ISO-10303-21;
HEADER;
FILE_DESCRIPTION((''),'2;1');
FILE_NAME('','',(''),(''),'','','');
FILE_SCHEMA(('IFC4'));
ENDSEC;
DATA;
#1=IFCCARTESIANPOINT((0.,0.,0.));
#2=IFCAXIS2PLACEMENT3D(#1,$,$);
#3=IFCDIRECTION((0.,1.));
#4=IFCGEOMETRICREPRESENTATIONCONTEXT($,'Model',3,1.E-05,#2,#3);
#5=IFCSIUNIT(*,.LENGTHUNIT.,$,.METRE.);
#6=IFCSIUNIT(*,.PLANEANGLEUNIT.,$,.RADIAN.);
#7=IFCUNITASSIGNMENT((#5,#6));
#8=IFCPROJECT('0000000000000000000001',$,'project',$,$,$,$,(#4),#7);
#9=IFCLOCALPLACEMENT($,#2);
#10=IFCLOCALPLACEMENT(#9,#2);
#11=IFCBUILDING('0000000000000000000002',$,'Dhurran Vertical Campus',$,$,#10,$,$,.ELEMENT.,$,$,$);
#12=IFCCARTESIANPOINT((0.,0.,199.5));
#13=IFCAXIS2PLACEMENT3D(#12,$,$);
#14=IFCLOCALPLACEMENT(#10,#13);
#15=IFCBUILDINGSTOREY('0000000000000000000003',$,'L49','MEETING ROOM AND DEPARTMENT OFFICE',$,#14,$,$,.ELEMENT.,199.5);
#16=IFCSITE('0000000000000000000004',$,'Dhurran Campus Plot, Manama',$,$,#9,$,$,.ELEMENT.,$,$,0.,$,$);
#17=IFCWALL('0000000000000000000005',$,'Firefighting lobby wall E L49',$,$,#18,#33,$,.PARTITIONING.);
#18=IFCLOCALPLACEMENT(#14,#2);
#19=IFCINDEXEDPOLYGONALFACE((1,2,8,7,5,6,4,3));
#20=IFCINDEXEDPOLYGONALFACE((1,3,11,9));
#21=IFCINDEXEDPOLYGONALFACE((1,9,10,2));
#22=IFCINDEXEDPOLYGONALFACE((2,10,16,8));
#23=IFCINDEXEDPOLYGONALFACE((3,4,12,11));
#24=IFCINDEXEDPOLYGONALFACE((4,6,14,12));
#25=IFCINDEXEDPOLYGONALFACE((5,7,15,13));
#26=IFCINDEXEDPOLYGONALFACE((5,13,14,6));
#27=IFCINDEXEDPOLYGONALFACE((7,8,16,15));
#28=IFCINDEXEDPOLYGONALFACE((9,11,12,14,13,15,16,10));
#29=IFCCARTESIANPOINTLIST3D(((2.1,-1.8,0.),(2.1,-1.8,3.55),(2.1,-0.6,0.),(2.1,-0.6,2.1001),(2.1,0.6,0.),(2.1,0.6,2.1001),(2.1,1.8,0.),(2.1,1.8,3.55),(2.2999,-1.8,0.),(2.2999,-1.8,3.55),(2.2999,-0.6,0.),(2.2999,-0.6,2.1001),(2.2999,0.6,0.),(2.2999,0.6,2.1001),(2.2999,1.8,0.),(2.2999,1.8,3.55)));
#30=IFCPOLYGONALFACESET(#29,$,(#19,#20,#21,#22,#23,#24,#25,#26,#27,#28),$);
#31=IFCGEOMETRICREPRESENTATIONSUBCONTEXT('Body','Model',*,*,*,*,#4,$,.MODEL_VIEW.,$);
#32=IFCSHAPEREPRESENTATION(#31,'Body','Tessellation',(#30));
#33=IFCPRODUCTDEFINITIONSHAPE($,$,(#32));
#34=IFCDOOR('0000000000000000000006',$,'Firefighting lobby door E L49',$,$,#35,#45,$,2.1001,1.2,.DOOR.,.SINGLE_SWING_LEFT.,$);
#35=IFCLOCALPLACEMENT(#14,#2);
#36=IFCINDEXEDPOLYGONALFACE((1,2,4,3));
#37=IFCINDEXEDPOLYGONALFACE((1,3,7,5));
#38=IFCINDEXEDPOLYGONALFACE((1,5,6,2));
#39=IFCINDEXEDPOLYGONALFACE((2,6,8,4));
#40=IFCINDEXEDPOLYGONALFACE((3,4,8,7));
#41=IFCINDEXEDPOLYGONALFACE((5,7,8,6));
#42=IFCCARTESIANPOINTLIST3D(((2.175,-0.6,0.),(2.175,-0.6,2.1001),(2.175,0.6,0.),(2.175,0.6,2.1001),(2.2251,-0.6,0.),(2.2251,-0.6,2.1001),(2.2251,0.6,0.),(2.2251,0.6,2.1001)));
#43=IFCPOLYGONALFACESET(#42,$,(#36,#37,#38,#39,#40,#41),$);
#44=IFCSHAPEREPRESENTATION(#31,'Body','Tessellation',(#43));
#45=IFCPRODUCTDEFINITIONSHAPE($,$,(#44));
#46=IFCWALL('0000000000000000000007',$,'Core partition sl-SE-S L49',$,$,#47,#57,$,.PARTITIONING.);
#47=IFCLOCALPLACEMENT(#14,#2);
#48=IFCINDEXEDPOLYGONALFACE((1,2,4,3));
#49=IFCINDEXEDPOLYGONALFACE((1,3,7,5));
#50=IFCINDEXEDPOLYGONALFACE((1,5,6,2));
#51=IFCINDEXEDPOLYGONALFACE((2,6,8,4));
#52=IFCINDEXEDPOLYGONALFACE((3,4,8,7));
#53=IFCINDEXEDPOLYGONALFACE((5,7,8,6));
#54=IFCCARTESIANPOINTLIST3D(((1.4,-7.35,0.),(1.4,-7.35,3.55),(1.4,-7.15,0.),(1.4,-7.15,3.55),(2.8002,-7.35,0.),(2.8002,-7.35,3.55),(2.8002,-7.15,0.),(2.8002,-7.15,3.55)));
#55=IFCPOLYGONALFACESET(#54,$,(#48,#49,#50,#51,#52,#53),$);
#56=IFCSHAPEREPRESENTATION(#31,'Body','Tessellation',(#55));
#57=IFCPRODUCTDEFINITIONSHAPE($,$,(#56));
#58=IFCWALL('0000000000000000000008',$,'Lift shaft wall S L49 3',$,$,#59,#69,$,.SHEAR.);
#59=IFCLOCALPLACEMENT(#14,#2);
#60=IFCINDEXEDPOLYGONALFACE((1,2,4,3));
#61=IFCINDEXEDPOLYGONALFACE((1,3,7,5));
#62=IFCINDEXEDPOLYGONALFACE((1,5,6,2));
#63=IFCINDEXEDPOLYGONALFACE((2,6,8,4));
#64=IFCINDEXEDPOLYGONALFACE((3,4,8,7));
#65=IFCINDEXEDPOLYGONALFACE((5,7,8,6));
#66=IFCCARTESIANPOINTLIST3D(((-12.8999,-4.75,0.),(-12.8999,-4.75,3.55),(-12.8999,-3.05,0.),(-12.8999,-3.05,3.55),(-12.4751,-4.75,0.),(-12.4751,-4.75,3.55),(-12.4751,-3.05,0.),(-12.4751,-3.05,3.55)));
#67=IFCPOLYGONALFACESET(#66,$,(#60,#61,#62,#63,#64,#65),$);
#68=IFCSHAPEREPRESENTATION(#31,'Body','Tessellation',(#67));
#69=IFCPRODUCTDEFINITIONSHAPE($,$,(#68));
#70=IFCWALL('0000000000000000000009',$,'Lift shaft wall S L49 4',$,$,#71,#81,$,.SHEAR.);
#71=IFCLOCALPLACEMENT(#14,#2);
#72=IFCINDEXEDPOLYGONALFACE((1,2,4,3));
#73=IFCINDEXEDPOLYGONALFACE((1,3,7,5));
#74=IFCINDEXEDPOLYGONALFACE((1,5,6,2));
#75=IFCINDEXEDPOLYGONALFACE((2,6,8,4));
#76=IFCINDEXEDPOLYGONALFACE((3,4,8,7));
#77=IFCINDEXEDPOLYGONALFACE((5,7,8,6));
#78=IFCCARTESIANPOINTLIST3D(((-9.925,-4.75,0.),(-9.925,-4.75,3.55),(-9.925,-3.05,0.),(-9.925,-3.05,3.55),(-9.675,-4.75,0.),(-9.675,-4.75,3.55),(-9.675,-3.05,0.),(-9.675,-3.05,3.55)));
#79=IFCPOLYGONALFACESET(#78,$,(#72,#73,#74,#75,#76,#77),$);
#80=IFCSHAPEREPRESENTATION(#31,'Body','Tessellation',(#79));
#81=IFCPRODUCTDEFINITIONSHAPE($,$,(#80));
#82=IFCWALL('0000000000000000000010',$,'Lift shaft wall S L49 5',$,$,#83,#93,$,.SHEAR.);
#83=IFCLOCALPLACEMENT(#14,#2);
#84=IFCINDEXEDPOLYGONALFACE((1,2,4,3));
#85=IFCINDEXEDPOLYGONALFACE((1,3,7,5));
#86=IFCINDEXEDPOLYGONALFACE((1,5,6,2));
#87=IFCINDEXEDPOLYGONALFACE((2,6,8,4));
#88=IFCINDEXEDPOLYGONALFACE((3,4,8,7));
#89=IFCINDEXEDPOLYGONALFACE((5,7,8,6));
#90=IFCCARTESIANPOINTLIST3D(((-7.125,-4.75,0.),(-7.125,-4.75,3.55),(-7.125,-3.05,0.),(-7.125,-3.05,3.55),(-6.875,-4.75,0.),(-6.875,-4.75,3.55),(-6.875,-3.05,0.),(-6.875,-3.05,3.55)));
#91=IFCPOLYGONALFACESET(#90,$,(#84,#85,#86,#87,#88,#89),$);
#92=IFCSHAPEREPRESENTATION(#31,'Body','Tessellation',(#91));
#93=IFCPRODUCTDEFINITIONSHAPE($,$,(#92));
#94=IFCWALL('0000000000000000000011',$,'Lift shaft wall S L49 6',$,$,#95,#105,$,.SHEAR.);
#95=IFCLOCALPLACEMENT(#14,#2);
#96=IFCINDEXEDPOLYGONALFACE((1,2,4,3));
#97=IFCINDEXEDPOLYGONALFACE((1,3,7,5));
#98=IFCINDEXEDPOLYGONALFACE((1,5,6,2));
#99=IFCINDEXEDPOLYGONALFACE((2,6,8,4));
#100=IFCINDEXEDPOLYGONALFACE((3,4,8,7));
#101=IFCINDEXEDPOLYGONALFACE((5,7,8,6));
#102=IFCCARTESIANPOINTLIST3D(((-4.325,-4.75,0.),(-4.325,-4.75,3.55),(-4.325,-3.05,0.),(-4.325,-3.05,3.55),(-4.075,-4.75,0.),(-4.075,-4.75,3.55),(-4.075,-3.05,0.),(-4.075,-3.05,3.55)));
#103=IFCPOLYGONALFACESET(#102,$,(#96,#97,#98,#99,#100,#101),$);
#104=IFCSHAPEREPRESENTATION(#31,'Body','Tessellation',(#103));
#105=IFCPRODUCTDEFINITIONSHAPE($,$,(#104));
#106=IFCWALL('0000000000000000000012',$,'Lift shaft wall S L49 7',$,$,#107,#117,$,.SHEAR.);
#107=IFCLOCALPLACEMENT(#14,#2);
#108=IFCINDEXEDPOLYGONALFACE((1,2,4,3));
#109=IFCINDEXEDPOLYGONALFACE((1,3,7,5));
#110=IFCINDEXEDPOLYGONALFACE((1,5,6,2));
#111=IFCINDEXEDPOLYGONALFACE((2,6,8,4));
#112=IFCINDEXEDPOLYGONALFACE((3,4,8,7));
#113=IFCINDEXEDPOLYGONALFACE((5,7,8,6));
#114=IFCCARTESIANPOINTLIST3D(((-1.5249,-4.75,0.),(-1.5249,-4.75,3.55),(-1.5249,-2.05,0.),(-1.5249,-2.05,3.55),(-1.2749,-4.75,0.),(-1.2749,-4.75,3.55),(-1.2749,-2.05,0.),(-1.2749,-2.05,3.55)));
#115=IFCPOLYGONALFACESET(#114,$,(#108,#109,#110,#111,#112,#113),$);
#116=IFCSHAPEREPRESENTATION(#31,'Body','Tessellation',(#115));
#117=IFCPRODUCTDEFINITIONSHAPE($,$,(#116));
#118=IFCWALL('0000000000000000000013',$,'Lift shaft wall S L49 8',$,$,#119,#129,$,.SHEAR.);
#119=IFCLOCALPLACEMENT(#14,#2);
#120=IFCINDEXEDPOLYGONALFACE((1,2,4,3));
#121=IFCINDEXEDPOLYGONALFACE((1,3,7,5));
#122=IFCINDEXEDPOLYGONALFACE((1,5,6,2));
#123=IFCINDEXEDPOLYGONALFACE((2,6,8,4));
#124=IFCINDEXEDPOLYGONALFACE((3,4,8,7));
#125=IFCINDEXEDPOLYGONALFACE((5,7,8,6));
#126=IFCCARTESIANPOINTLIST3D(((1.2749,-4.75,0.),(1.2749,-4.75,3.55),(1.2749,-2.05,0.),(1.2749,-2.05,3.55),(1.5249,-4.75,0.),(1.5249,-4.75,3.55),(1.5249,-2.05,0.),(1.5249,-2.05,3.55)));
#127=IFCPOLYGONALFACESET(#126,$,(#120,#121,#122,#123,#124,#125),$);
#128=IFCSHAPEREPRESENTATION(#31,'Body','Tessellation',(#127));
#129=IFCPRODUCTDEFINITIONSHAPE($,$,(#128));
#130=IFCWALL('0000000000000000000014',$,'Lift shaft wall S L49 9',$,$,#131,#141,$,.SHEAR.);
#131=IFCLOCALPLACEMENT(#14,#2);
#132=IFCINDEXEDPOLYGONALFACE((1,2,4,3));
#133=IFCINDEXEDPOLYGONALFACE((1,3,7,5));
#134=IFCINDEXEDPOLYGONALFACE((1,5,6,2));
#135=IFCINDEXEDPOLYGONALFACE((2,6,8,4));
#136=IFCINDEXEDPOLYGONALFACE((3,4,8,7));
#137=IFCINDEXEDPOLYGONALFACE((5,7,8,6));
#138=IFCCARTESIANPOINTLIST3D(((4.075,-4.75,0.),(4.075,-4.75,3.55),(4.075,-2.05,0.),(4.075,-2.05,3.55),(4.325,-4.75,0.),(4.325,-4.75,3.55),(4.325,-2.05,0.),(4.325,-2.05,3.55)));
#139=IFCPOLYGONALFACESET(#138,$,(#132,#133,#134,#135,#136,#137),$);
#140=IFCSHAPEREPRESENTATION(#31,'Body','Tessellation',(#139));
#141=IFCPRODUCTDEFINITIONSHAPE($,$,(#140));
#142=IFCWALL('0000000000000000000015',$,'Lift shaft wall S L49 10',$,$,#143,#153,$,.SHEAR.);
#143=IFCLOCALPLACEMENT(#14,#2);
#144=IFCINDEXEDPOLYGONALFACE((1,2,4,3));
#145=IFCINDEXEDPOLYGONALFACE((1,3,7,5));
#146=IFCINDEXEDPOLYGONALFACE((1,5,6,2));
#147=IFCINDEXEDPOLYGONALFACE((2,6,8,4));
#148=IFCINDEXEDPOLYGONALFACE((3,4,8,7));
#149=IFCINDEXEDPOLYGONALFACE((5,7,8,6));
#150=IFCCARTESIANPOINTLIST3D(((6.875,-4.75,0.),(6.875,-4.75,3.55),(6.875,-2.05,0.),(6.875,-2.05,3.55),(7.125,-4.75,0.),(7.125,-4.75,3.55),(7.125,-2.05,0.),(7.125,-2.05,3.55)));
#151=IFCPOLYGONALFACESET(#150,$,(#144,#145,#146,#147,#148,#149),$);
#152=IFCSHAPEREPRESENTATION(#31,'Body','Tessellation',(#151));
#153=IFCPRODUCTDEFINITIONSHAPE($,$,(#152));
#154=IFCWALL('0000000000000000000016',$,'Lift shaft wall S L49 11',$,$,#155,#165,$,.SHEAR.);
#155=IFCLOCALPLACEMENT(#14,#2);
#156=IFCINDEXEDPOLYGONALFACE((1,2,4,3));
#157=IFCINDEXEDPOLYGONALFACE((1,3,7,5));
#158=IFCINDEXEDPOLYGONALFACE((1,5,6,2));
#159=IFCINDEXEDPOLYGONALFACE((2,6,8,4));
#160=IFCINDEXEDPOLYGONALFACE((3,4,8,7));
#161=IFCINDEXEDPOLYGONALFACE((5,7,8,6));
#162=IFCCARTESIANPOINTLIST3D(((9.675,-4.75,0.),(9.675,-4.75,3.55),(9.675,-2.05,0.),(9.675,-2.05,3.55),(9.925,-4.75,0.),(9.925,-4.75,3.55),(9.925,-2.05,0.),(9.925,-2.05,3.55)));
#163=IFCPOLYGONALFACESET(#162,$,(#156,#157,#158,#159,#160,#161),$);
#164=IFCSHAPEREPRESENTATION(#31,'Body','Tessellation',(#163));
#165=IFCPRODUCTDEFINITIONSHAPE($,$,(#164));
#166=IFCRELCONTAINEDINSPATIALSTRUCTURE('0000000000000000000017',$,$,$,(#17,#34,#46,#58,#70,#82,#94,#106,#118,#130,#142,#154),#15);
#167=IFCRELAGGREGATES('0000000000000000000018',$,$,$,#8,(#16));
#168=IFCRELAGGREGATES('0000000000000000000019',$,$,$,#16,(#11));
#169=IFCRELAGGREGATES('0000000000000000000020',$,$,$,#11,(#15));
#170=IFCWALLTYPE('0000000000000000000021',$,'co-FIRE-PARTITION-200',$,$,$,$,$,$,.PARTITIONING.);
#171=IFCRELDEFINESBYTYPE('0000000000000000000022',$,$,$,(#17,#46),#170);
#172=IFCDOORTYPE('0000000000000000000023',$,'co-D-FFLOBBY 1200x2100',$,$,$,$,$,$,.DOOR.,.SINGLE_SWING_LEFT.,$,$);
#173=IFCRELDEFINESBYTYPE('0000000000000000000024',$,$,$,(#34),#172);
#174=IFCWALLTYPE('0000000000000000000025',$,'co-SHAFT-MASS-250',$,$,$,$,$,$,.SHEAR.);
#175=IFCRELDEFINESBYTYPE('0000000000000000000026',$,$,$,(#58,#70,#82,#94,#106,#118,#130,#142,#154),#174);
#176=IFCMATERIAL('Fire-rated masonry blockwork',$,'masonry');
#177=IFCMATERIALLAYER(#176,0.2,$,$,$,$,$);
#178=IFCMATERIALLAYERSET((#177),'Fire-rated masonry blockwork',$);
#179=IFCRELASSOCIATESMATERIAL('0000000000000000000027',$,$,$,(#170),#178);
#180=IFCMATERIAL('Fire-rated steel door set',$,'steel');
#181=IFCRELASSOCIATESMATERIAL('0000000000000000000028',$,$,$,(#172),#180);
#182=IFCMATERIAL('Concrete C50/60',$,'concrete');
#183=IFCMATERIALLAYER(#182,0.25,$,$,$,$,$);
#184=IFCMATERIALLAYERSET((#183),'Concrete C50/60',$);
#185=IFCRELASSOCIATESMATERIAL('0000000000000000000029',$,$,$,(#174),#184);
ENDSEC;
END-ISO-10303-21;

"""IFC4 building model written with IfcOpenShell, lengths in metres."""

from ifc_helpers import new_model, si_unit, direction, frame, frame_2d, origin, place, context, subcontext, project, spatial, polyline, rectangle, outline, extrude, material, layer, layer_set, type_object, element, fill, save


model = new_model("IFC4")

# Units and contexts
model_context = context("Model", 3, precision=1e-05, world=origin(), true_north=direction((0.0, 1.0)))
body_context = subcontext(model_context, "Body", "Model", "MODEL_VIEW")
ifc_project = project(units=[si_unit("LENGTHUNIT", "METRE"), si_unit("PLANEANGLEUNIT", "RADIAN")], contexts=[model_context])

# Site, building, storey
site_placement = place(None, origin())
site = spatial("IfcSite", under=ifc_project, at=site_placement, Name="Dhurran Campus Plot, Manama", CompositionType="ELEMENT", RefElevation=0.0)
building_placement = place(site_placement, origin())
building = spatial("IfcBuilding", under=site, at=building_placement, Name="Dhurran Vertical Campus", CompositionType="ELEMENT")
storey_placement = place(building_placement, frame((0.0, 0.0, 199.5)))
storey = spatial("IfcBuildingStorey", under=building, at=storey_placement, Name="L49", Description="MEETING ROOM AND DEPARTMENT OFFICE", CompositionType="ELEMENT", Elevation=199.5)

# Wall, opening, door
ifc_material_1 = material(Name="Fire-rated masonry blockwork", Category="masonry")
ifc_layer_1 = layer(ifc_material_1, 0.2)
ifc_layer_set_1 = layer_set([ifc_layer_1], Name="Fire-rated masonry blockwork")
wall_type_1 = type_object("IfcWallType", Name="co-FIRE-PARTITION-200", PredefinedType="PARTITIONING", material=ifc_layer_set_1)
wall_1_placement = place(storey_placement, frame((2.2, -1.8, 0.0), z_axis=(0.0, 0.0, 1.0), x_axis=(0.0, 1.0, 0.0)))
wall_1 = element("IfcWall", 1, at=wall_1_placement, inside=storey, type_object=wall_type_1, Name="Firefighting lobby wall E L49", PredefinedType="PARTITIONING", context=body_context, shape_type="SweptSolid", body=[
    extrude(rectangle(XDim=3.6001, YDim=0.2, at=frame_2d((1.8, 0.0))), origin(), (0.0, 0.0, 1.0), 3.55),
])
opening_1_placement = place(wall_1_placement, frame((1.2, 0.0, 0.0)))
opening_1 = element("IfcOpeningElement", 2, at=opening_1_placement, cuts=wall_1, PredefinedType="OPENING", context=body_context, shape_type="SweptSolid", body=[
    extrude(rectangle(XDim=1.2, YDim=2.1001, at=frame_2d((0.6001, 1.05))), frame((0.0, 0.1099, 0.0), z_axis=(0.0, -1.0, 0.0), x_axis=(1.0, 0.0, 0.0)), (0.0, 0.0, 1.0), 0.22),
])
ifc_material_2 = material(Name="Fire-rated steel door set", Category="steel")
door_type_1 = type_object("IfcDoorType", Name="co-D-FFLOBBY 1200x2100", OperationType="SINGLE_SWING_LEFT", PredefinedType="DOOR", material=ifc_material_2)
door_1_placement = place(opening_1_placement, origin())
door_1 = element("IfcDoor", 3, at=door_1_placement, inside=storey, type_object=door_type_1, Name="Firefighting lobby door E L49", OperationType="SINGLE_SWING_LEFT", OverallHeight=2.1001, OverallWidth=1.2, PredefinedType="DOOR", context=body_context, shape_type="SweptSolid", body=[
    extrude(rectangle(XDim=1.2, YDim=2.1001, at=frame_2d((0.6001, 1.05))), frame((0.0, 0.0249, 0.0), z_axis=(0.0, -1.0, 0.0), x_axis=(1.0, 0.0, 0.0)), (0.0, 0.0, 1.0), 0.05),
])
fill(opening_1, door_1)

# Walls
wall_2_placement = place(storey_placement, frame((1.3999, -7.25, 0.0), z_axis=(0.0, 0.0, 1.0), x_axis=(1.0, 0.0, 0.0)))
element("IfcWall", 4, at=wall_2_placement, inside=storey, type_object=wall_type_1, Name="Core partition sl-SE-S L49", PredefinedType="PARTITIONING", context=body_context, shape_type="SweptSolid", body=[
    extrude(rectangle(XDim=1.4001, YDim=0.2, at=frame_2d((0.7002, 0.0))), origin(), (0.0, 0.0, 1.0), 3.55),
])
ifc_material_3 = material(Name="Concrete C50/60", Category="concrete")
ifc_layer_2 = layer(ifc_material_3, 0.25)
ifc_layer_set_2 = layer_set([ifc_layer_2], Name="Concrete C50/60")
wall_type_2 = type_object("IfcWallType", Name="co-SHAFT-MASS-250", PredefinedType="SHEAR", material=ifc_layer_set_2)
wall_3_placement = place(storey_placement, origin())
element("IfcWall", 5, at=wall_3_placement, inside=storey, type_object=wall_type_2, Name="Lift shaft wall S L49 3", PredefinedType="SHEAR", context=body_context, shape_type="SweptSolid", body=[
    extrude(outline(polyline([(-12.8999, -4.75), (-12.4751, -4.75), (-12.4751, -3.05), (-12.8999, -3.05), (-12.8999, -4.75)])), origin(), (0.0, 0.0, 1.0), 3.55),
])
wall_4_placement = place(storey_placement, origin())
element("IfcWall", 6, at=wall_4_placement, inside=storey, type_object=wall_type_2, Name="Lift shaft wall S L49 4", PredefinedType="SHEAR", context=body_context, shape_type="SweptSolid", body=[
    extrude(outline(polyline([(-9.925, -4.75), (-9.675, -4.75), (-9.675, -3.05), (-9.925, -3.05), (-9.925, -4.75)])), origin(), (0.0, 0.0, 1.0), 3.55),
])
wall_5_placement = place(storey_placement, origin())
element("IfcWall", 7, at=wall_5_placement, inside=storey, type_object=wall_type_2, Name="Lift shaft wall S L49 5", PredefinedType="SHEAR", context=body_context, shape_type="SweptSolid", body=[
    extrude(outline(polyline([(-7.125, -4.75), (-6.875, -4.75), (-6.875, -3.05), (-7.125, -3.05), (-7.125, -4.75)])), origin(), (0.0, 0.0, 1.0), 3.55),
])
wall_6_placement = place(storey_placement, origin())
element("IfcWall", 8, at=wall_6_placement, inside=storey, type_object=wall_type_2, Name="Lift shaft wall S L49 6", PredefinedType="SHEAR", context=body_context, shape_type="SweptSolid", body=[
    extrude(outline(polyline([(-4.325, -4.75), (-4.075, -4.75), (-4.075, -3.05), (-4.325, -3.05), (-4.325, -4.75)])), origin(), (0.0, 0.0, 1.0), 3.55),
])
wall_7_placement = place(storey_placement, origin())
element("IfcWall", 9, at=wall_7_placement, inside=storey, type_object=wall_type_2, Name="Lift shaft wall S L49 7", PredefinedType="SHEAR", context=body_context, shape_type="SweptSolid", body=[
    extrude(outline(polyline([(-1.5249, -4.75), (-1.2749, -4.75), (-1.2749, -2.05), (-1.5249, -2.05), (-1.5249, -4.75)])), origin(), (0.0, 0.0, 1.0), 3.55),
])
wall_8_placement = place(storey_placement, origin())
element("IfcWall", 10, at=wall_8_placement, inside=storey, type_object=wall_type_2, Name="Lift shaft wall S L49 8", PredefinedType="SHEAR", context=body_context, shape_type="SweptSolid", body=[
    extrude(outline(polyline([(1.2749, -4.75), (1.5249, -4.75), (1.5249, -2.05), (1.2749, -2.05), (1.2749, -4.75)])), origin(), (0.0, 0.0, 1.0), 3.55),
])
wall_9_placement = place(storey_placement, origin())
element("IfcWall", 11, at=wall_9_placement, inside=storey, type_object=wall_type_2, Name="Lift shaft wall S L49 9", PredefinedType="SHEAR", context=body_context, shape_type="SweptSolid", body=[
    extrude(outline(polyline([(4.075, -4.75), (4.325, -4.75), (4.325, -2.05), (4.075, -2.05), (4.075, -4.75)])), origin(), (0.0, 0.0, 1.0), 3.55),
])
wall_10_placement = place(storey_placement, origin())
element("IfcWall", 12, at=wall_10_placement, inside=storey, type_object=wall_type_2, Name="Lift shaft wall S L49 10", PredefinedType="SHEAR", context=body_context, shape_type="SweptSolid", body=[
    extrude(outline(polyline([(6.875, -4.75), (7.125, -4.75), (7.125, -2.05), (6.875, -2.05), (6.875, -4.75)])), origin(), (0.0, 0.0, 1.0), 3.55),
])
wall_11_placement = place(storey_placement, origin())
element("IfcWall", 13, at=wall_11_placement, inside=storey, type_object=wall_type_2, Name="Lift shaft wall S L49 11", PredefinedType="SHEAR", context=body_context, shape_type="SweptSolid", body=[
    extrude(outline(polyline([(9.675, -4.75), (9.925, -4.75), (9.925, -2.05), (9.675, -2.05), (9.675, -4.75)])), origin(), (0.0, 0.0, 1.0), 3.55),
])

save(model, "model.ifc")
